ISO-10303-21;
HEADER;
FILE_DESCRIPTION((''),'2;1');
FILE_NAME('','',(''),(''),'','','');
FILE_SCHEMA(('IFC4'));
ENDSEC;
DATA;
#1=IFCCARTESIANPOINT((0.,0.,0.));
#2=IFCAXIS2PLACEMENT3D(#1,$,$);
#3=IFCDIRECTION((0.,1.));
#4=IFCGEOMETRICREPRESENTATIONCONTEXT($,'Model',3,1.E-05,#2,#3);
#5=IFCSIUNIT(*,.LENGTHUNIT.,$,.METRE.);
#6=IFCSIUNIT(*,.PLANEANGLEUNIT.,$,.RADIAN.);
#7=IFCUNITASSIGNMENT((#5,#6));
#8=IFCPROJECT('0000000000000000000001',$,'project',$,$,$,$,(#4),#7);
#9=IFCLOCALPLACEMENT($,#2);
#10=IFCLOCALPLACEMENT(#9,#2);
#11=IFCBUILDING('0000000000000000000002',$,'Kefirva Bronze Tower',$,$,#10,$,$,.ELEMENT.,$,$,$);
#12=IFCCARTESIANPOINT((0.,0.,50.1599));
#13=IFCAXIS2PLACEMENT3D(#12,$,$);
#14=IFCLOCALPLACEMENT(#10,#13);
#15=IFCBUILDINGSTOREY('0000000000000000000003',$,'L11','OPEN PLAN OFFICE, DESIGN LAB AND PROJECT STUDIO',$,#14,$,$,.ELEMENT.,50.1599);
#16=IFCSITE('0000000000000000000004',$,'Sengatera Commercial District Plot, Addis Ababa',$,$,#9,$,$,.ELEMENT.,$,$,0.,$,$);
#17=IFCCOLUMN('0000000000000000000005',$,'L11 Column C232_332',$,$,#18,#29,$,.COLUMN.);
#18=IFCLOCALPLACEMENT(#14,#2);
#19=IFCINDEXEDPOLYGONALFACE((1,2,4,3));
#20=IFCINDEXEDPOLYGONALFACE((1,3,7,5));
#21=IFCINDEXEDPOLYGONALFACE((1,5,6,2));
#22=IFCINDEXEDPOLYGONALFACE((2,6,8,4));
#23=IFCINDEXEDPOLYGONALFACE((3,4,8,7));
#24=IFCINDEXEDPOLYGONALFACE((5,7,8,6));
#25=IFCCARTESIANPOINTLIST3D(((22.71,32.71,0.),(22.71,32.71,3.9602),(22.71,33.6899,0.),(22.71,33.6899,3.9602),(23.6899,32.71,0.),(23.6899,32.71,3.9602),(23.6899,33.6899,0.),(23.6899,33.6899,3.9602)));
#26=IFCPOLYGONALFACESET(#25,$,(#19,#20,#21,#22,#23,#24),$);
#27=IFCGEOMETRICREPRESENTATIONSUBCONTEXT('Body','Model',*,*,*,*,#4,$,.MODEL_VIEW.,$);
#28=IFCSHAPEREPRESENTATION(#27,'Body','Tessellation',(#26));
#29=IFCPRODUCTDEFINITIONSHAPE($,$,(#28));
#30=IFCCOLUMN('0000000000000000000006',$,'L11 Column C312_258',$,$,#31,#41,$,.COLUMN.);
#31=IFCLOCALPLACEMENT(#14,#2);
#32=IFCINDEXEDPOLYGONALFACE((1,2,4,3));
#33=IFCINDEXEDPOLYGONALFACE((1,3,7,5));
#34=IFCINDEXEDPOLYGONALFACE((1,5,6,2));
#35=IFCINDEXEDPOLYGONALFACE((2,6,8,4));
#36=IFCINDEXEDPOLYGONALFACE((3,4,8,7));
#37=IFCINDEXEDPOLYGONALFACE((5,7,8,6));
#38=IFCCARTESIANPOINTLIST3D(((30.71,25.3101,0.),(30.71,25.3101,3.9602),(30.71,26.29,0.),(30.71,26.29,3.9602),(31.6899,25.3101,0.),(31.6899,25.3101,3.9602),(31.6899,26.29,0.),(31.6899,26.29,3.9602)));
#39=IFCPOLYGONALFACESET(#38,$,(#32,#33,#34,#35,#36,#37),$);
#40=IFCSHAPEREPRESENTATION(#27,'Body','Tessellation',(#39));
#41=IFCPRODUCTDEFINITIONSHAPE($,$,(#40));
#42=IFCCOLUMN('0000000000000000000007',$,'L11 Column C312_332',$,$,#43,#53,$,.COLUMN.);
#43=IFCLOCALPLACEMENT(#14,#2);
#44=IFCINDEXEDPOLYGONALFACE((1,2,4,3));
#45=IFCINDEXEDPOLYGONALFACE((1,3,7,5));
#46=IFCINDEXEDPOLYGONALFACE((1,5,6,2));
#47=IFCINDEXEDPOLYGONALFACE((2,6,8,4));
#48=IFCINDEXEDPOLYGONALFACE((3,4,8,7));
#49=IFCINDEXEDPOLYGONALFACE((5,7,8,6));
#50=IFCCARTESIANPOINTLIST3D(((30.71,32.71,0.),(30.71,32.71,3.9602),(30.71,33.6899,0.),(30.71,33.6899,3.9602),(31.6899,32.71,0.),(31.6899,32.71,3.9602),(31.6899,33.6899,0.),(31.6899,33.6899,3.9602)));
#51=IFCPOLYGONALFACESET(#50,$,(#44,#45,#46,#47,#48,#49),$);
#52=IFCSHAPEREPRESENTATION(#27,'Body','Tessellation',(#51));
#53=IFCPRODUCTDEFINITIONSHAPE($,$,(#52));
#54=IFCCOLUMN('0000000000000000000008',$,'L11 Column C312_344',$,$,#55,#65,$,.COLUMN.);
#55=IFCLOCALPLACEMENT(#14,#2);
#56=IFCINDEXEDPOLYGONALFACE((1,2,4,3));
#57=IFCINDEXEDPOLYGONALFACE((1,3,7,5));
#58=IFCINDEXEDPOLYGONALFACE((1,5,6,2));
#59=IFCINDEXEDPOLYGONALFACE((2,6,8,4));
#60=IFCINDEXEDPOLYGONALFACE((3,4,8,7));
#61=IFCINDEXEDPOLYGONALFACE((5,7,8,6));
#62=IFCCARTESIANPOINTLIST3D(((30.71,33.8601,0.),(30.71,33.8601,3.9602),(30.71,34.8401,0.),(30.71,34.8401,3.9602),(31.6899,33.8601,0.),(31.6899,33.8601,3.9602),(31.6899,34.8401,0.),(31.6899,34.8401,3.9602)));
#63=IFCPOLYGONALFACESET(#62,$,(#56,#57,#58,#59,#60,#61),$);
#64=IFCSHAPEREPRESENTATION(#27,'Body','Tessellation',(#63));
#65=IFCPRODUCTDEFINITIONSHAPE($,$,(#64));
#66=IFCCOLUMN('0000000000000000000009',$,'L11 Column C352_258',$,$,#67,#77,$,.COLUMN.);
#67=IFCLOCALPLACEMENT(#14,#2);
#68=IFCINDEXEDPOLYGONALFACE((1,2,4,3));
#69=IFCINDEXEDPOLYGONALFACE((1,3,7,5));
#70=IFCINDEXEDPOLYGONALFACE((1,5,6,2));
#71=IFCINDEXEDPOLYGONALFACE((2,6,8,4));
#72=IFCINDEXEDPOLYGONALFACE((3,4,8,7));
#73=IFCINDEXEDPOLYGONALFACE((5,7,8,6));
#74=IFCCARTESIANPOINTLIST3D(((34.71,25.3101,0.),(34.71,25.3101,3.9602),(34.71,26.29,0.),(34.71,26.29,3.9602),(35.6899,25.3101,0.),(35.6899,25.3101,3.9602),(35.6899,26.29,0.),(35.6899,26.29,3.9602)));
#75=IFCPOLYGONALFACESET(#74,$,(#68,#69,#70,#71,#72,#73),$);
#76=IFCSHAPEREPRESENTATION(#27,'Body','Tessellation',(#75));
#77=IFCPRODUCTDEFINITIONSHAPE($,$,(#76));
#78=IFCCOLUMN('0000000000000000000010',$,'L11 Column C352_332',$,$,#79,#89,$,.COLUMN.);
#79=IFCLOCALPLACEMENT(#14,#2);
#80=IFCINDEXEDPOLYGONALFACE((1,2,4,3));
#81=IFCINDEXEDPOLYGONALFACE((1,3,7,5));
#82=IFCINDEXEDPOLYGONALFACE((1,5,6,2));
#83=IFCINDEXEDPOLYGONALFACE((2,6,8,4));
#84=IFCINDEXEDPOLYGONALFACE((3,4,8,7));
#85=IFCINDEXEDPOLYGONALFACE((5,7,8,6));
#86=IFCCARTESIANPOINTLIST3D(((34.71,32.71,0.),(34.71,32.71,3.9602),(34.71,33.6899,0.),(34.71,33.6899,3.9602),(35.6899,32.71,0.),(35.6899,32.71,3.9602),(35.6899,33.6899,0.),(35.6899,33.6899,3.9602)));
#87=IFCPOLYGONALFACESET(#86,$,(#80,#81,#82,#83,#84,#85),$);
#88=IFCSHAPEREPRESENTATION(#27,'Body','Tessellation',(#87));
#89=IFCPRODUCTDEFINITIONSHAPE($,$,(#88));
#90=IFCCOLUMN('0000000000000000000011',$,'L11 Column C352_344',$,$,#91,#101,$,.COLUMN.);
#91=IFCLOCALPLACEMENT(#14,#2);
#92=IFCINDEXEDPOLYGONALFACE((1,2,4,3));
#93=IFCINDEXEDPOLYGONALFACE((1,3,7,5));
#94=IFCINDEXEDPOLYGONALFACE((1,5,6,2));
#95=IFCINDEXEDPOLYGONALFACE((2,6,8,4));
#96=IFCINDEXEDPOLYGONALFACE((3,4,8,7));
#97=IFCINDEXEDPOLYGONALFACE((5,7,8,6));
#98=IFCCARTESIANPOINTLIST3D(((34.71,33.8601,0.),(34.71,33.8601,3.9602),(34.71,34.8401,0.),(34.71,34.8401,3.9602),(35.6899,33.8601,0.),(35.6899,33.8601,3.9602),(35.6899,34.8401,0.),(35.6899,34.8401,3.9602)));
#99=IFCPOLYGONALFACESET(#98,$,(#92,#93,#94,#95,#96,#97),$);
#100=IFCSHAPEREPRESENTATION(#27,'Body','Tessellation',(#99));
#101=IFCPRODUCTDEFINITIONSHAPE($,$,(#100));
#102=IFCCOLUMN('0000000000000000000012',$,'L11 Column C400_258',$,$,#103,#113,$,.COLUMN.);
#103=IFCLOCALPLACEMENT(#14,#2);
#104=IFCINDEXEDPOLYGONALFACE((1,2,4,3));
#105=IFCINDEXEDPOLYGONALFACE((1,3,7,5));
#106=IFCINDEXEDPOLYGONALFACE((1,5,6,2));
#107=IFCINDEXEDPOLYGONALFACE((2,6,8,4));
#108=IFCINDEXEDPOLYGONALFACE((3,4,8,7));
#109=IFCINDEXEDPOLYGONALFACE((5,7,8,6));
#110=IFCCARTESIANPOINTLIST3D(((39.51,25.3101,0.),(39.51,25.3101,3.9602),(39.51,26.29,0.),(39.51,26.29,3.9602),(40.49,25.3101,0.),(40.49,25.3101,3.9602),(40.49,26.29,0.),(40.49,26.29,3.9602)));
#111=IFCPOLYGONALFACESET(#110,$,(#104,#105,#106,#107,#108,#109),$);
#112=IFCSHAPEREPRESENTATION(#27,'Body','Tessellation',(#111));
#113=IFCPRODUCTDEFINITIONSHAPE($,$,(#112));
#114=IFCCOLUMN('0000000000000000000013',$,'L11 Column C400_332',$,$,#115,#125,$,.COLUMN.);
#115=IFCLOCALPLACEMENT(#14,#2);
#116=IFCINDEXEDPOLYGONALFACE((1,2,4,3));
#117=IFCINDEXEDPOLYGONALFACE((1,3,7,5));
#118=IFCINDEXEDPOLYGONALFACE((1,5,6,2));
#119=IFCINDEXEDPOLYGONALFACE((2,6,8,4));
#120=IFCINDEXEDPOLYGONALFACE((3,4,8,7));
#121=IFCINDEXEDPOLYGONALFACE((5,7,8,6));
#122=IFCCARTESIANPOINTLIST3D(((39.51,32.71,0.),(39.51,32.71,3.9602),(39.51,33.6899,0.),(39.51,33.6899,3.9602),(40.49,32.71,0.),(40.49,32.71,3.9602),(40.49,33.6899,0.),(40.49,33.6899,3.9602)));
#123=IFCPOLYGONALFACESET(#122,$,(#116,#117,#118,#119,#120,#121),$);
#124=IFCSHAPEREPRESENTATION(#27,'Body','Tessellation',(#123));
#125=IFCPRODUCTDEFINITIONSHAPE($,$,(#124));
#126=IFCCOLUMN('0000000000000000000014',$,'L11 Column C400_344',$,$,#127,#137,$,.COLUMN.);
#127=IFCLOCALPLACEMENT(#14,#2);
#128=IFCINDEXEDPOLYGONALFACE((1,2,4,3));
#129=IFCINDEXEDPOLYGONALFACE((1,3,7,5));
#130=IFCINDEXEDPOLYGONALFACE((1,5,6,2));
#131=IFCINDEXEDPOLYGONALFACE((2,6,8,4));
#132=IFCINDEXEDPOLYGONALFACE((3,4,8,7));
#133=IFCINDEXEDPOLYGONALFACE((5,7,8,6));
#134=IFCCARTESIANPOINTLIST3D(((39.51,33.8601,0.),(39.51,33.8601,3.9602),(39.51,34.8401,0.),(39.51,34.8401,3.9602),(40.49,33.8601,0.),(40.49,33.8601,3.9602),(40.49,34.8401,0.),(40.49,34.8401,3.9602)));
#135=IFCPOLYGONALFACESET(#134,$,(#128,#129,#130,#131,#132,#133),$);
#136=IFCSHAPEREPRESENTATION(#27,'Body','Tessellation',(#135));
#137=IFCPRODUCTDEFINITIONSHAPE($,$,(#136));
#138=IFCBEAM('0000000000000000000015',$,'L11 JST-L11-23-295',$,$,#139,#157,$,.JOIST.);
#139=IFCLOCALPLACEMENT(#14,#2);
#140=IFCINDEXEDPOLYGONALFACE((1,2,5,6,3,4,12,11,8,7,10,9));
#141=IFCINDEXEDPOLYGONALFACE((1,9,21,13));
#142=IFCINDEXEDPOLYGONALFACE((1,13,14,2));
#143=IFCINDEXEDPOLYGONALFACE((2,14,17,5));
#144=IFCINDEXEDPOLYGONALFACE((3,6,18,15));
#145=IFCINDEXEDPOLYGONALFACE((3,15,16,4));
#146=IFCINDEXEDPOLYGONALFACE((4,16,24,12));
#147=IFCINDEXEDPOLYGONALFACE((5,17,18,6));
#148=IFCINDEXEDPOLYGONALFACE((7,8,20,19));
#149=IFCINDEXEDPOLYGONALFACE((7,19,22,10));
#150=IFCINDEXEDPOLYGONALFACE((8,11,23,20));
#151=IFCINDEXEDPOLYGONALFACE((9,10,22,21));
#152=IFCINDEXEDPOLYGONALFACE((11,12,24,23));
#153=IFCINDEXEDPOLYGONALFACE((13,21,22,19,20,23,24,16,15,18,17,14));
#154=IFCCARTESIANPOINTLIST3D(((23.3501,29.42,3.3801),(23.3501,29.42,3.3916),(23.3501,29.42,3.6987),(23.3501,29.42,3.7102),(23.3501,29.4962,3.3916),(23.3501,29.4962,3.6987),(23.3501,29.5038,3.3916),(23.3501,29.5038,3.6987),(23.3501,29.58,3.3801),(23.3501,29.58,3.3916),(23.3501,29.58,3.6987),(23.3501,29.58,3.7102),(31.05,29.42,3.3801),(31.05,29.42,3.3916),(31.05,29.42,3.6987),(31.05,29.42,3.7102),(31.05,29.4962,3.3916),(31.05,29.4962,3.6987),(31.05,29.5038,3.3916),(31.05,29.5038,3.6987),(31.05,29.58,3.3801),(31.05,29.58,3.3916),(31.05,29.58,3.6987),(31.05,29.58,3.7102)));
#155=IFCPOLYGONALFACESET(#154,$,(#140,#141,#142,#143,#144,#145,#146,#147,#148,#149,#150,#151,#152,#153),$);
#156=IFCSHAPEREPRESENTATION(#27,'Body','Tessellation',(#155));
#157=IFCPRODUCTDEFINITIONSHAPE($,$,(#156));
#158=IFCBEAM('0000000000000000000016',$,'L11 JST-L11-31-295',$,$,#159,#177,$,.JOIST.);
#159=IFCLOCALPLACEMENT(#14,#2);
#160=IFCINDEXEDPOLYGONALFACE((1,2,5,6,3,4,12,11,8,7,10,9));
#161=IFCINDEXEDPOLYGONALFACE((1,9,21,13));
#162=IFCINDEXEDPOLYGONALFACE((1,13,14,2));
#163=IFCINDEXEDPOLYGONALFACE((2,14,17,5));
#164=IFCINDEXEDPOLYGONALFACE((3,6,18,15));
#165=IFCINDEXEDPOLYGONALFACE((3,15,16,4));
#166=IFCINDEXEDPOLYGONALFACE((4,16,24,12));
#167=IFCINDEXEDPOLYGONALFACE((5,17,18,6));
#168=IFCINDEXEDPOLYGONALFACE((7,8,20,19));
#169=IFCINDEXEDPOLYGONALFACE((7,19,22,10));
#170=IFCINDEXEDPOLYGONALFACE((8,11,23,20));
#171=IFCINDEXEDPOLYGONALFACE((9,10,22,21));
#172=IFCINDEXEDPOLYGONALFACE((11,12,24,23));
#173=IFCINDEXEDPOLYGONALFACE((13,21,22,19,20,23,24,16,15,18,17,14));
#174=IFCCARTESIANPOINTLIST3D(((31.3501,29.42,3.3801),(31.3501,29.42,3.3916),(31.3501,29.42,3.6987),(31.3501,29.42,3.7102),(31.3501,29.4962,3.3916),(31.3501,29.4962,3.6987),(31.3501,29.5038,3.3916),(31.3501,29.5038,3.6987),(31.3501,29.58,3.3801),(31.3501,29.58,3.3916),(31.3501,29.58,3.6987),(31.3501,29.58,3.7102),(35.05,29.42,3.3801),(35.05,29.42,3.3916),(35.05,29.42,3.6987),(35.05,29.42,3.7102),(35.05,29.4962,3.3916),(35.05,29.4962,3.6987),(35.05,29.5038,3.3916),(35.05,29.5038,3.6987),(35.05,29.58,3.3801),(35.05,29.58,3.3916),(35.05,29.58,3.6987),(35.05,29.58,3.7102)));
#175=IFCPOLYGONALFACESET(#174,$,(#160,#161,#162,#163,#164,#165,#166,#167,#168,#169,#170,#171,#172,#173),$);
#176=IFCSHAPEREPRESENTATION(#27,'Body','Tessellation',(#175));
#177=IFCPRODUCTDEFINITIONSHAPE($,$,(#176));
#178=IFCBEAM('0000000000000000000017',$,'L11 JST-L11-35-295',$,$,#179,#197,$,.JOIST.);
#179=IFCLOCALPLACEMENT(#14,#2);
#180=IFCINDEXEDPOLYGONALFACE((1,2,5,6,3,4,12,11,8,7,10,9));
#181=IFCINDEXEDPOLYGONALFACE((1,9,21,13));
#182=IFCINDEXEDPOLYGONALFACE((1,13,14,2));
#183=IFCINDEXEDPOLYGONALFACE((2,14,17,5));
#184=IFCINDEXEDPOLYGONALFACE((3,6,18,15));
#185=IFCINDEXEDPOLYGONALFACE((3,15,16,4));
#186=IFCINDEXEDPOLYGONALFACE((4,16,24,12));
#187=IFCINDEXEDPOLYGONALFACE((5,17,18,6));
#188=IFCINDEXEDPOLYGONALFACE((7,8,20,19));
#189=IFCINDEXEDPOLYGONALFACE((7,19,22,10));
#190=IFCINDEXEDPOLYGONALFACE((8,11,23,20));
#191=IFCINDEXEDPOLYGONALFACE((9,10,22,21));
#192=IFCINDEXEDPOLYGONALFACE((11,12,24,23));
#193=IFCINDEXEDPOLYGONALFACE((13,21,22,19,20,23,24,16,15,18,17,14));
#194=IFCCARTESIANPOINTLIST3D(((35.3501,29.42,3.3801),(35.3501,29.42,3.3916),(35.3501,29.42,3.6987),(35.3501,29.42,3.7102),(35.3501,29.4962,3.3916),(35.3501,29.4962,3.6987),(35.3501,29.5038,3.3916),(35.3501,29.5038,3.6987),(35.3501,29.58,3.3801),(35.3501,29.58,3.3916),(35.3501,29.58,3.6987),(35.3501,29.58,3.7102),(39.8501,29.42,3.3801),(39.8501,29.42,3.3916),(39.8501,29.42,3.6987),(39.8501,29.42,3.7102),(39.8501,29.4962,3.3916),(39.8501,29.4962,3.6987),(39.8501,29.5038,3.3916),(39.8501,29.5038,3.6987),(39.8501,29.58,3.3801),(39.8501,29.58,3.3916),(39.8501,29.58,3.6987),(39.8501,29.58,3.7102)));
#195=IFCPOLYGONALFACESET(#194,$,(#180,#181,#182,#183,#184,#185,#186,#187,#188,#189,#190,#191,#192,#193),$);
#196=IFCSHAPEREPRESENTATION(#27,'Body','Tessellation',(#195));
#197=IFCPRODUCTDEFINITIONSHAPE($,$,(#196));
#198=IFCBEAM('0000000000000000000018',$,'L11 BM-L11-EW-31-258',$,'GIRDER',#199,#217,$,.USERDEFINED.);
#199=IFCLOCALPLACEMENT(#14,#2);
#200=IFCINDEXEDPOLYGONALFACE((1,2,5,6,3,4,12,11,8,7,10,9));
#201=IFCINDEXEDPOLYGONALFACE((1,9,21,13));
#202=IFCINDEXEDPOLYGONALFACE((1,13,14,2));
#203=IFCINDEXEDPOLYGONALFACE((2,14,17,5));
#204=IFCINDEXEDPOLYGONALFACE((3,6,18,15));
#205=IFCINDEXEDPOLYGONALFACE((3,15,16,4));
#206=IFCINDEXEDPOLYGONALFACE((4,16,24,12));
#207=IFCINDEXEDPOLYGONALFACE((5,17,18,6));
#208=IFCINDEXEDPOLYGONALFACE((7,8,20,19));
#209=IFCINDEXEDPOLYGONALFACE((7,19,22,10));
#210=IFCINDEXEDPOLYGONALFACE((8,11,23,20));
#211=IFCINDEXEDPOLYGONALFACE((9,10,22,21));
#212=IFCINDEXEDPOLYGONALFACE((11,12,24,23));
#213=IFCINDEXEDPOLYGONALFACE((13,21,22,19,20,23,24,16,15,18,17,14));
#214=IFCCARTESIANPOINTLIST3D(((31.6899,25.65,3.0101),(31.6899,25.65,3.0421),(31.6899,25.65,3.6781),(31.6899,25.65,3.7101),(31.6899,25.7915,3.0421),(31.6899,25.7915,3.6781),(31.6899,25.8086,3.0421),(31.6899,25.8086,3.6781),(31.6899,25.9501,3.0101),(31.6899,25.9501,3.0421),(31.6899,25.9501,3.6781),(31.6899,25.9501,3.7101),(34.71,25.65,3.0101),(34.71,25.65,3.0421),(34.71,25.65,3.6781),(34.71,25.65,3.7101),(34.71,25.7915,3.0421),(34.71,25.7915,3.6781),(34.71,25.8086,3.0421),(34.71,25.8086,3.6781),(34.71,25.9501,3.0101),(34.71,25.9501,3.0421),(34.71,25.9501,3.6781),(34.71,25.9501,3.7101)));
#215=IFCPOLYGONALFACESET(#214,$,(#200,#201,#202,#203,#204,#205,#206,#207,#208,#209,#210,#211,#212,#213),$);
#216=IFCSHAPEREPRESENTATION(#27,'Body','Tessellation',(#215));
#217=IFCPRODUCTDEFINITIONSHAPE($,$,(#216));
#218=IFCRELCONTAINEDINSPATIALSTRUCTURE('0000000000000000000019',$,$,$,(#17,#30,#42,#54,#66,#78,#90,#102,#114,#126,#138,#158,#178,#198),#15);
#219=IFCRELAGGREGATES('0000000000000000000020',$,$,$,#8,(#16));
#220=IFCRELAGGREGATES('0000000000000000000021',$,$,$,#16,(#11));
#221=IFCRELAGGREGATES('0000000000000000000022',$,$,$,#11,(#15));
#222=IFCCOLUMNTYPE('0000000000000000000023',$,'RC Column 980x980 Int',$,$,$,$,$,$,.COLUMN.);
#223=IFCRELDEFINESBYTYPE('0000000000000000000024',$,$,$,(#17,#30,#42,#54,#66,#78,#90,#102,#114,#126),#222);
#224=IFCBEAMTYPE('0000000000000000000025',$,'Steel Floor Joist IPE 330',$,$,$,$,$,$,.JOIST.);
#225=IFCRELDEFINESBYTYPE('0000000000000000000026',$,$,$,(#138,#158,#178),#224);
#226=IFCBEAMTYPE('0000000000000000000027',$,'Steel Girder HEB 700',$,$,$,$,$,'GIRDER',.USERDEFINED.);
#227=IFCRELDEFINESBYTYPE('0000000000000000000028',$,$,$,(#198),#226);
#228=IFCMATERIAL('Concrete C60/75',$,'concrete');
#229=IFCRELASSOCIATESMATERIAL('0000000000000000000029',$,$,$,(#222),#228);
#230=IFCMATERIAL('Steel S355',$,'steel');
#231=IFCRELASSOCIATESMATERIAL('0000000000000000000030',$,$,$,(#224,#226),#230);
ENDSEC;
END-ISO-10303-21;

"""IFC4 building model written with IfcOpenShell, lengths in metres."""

from ifc_helpers import new_model, si_unit, direction, frame, origin, origin_2d, place, context, subcontext, project, spatial, rectangle, i_section, extrude, material, material_profile, profile_set, type_object, element, save


model = new_model("IFC4")

# Units and contexts
model_context = context("Model", 3, precision=1e-05, world=origin(), true_north=direction((0.0, 1.0)))
body_context = subcontext(model_context, "Body", "Model", "MODEL_VIEW")
ifc_project = project(units=[si_unit("LENGTHUNIT", "METRE"), si_unit("PLANEANGLEUNIT", "RADIAN")], contexts=[model_context])

# Site, building, storey
site_placement = place(None, origin())
site = spatial("IfcSite", under=ifc_project, at=site_placement, Name="Sengatera Commercial District Plot, Addis Ababa", CompositionType="ELEMENT", RefElevation=0.0)
building_placement = place(site_placement, origin())
building = spatial("IfcBuilding", under=site, at=building_placement, Name="Kefirva Bronze Tower", CompositionType="ELEMENT")
storey_placement = place(building_placement, frame((0.0, 0.0, 50.1599)))
storey = spatial("IfcBuildingStorey", under=building, at=storey_placement, Name="L11", Description="OPEN PLAN OFFICE, DESIGN LAB AND PROJECT STUDIO", CompositionType="ELEMENT", Elevation=50.1599)

# Columns
ifc_material_1 = material(Name="Concrete C60/75", Category="concrete")
ifc_material_profile_1 = material_profile(ifc_material_1, rectangle(XDim=0.98, YDim=0.98, at=origin_2d()), Name="RC 980x980")
ifc_profile_set_1 = profile_set([ifc_material_profile_1], Name="Concrete C60/75")
column_type = type_object("IfcColumnType", Name="RC Column 980x980 Int", PredefinedType="COLUMN", material=ifc_profile_set_1)
for number, where, z_axis, x_axis, name in (
    (1, (23.2, 33.2, 0.0), (0.0, 0.0, 1.0), (1.0, 0.0, 0.0), "L11 Column C232_332"),
    (2, (31.2, 25.8, 0.0), (0.0, 0.0, 1.0), (1.0, 0.0, 0.0), "L11 Column C312_258"),
    (3, (31.2, 33.2, 0.0), (0.0, 0.0, 1.0), (1.0, 0.0, 0.0), "L11 Column C312_332"),
    (4, (31.2, 34.3501, 0.0), (0.0, 0.0, 1.0), (1.0, 0.0, 0.0), "L11 Column C312_344"),
    (5, (35.2, 25.8, 0.0), (0.0, 0.0, 1.0), (1.0, 0.0, 0.0), "L11 Column C352_258"),
    (6, (35.2, 33.2, 0.0), (0.0, 0.0, 1.0), (1.0, 0.0, 0.0), "L11 Column C352_332"),
    (7, (35.2, 34.3501, 0.0), (0.0, 0.0, 1.0), (1.0, 0.0, 0.0), "L11 Column C352_344"),
    (8, (40.0, 25.8, 0.0), (0.0, 0.0, 1.0), (1.0, 0.0, 0.0), "L11 Column C400_258"),
    (9, (40.0, 33.2, 0.0), (0.0, 0.0, 1.0), (1.0, 0.0, 0.0), "L11 Column C400_332"),
    (10, (40.0, 34.3501, 0.0), (0.0, 0.0, 1.0), (1.0, 0.0, 0.0), "L11 Column C400_344"),
):
    element("IfcColumn", number, at=place(storey_placement, frame(where, z_axis=z_axis, x_axis=x_axis)), inside=storey, type_object=column_type, Name=name, PredefinedType="COLUMN", context=body_context, shape_type="SweptSolid", body=[
        extrude(rectangle(XDim=0.98, YDim=0.98, at=origin_2d()), origin(), (0.0, 0.0, 1.0), 3.9602),
    ])

# Beams
ifc_material_2 = material(Name="Steel S355", Category="steel")
ifc_material_profile_2 = material_profile(ifc_material_2, i_section(OverallWidth=0.1599, OverallDepth=0.3301, WebThickness=0.0076, FlangeThickness=0.0115, at=origin_2d()), Name="IPE 330")
ifc_profile_set_2 = profile_set([ifc_material_profile_2], Name="Steel S355")
beam_type_1 = type_object("IfcBeamType", Name="Steel Floor Joist IPE 330", PredefinedType="JOIST", material=ifc_profile_set_2)
beam_1_placement = place(storey_placement, frame((23.3501, 29.5, 3.5452), z_axis=(1.0, 0.0, 0.0), x_axis=(0.0, 1.0, 0.0)))
element("IfcBeam", 11, at=beam_1_placement, inside=storey, type_object=beam_type_1, Name="L11 JST-L11-23-295", PredefinedType="JOIST", context=body_context, shape_type="SweptSolid", body=[
    extrude(i_section(OverallWidth=0.1599, OverallDepth=0.3301, WebThickness=0.0076, FlangeThickness=0.0115, at=origin_2d()), origin(), (0.0, 0.0, 1.0), 7.7),
])
beam_2_placement = place(storey_placement, frame((31.3501, 29.5, 3.5452), z_axis=(1.0, 0.0, 0.0), x_axis=(0.0, 1.0, 0.0)))
element("IfcBeam", 12, at=beam_2_placement, inside=storey, type_object=beam_type_1, Name="L11 JST-L11-31-295", PredefinedType="JOIST", context=body_context, shape_type="SweptSolid", body=[
    extrude(i_section(OverallWidth=0.1599, OverallDepth=0.3301, WebThickness=0.0076, FlangeThickness=0.0115, at=origin_2d()), origin(), (0.0, 0.0, 1.0), 3.7),
])
beam_3_placement = place(storey_placement, frame((35.3501, 29.5, 3.5452), z_axis=(1.0, 0.0, 0.0), x_axis=(0.0, 1.0, 0.0)))
element("IfcBeam", 13, at=beam_3_placement, inside=storey, type_object=beam_type_1, Name="L11 JST-L11-35-295", PredefinedType="JOIST", context=body_context, shape_type="SweptSolid", body=[
    extrude(i_section(OverallWidth=0.1599, OverallDepth=0.3301, WebThickness=0.0076, FlangeThickness=0.0115, at=origin_2d()), origin(), (0.0, 0.0, 1.0), 4.5),
])
ifc_material_profile_3 = material_profile(ifc_material_2, i_section(OverallWidth=0.3, OverallDepth=0.7, WebThickness=0.0171, FlangeThickness=0.032, at=origin_2d()), Name="HEB 700")
ifc_profile_set_3 = profile_set([ifc_material_profile_3], Name="Steel S355")
beam_type_2 = type_object("IfcBeamType", Name="Steel Girder HEB 700", ElementType="GIRDER", PredefinedType="USERDEFINED", material=ifc_profile_set_3)
beam_4_placement = place(storey_placement, frame((31.6899, 25.8, 3.3601), z_axis=(1.0, 0.0, 0.0), x_axis=(0.0, 1.0, 0.0)))
element("IfcBeam", 14, at=beam_4_placement, inside=storey, type_object=beam_type_2, Name="L11 BM-L11-EW-31-258", ObjectType="GIRDER", PredefinedType="USERDEFINED", context=body_context, shape_type="SweptSolid", body=[
    extrude(i_section(OverallWidth=0.3, OverallDepth=0.7, WebThickness=0.0171, FlangeThickness=0.032, at=origin_2d()), origin(), (0.0, 0.0, 1.0), 3.02),
])

save(model, "model.ifc")
